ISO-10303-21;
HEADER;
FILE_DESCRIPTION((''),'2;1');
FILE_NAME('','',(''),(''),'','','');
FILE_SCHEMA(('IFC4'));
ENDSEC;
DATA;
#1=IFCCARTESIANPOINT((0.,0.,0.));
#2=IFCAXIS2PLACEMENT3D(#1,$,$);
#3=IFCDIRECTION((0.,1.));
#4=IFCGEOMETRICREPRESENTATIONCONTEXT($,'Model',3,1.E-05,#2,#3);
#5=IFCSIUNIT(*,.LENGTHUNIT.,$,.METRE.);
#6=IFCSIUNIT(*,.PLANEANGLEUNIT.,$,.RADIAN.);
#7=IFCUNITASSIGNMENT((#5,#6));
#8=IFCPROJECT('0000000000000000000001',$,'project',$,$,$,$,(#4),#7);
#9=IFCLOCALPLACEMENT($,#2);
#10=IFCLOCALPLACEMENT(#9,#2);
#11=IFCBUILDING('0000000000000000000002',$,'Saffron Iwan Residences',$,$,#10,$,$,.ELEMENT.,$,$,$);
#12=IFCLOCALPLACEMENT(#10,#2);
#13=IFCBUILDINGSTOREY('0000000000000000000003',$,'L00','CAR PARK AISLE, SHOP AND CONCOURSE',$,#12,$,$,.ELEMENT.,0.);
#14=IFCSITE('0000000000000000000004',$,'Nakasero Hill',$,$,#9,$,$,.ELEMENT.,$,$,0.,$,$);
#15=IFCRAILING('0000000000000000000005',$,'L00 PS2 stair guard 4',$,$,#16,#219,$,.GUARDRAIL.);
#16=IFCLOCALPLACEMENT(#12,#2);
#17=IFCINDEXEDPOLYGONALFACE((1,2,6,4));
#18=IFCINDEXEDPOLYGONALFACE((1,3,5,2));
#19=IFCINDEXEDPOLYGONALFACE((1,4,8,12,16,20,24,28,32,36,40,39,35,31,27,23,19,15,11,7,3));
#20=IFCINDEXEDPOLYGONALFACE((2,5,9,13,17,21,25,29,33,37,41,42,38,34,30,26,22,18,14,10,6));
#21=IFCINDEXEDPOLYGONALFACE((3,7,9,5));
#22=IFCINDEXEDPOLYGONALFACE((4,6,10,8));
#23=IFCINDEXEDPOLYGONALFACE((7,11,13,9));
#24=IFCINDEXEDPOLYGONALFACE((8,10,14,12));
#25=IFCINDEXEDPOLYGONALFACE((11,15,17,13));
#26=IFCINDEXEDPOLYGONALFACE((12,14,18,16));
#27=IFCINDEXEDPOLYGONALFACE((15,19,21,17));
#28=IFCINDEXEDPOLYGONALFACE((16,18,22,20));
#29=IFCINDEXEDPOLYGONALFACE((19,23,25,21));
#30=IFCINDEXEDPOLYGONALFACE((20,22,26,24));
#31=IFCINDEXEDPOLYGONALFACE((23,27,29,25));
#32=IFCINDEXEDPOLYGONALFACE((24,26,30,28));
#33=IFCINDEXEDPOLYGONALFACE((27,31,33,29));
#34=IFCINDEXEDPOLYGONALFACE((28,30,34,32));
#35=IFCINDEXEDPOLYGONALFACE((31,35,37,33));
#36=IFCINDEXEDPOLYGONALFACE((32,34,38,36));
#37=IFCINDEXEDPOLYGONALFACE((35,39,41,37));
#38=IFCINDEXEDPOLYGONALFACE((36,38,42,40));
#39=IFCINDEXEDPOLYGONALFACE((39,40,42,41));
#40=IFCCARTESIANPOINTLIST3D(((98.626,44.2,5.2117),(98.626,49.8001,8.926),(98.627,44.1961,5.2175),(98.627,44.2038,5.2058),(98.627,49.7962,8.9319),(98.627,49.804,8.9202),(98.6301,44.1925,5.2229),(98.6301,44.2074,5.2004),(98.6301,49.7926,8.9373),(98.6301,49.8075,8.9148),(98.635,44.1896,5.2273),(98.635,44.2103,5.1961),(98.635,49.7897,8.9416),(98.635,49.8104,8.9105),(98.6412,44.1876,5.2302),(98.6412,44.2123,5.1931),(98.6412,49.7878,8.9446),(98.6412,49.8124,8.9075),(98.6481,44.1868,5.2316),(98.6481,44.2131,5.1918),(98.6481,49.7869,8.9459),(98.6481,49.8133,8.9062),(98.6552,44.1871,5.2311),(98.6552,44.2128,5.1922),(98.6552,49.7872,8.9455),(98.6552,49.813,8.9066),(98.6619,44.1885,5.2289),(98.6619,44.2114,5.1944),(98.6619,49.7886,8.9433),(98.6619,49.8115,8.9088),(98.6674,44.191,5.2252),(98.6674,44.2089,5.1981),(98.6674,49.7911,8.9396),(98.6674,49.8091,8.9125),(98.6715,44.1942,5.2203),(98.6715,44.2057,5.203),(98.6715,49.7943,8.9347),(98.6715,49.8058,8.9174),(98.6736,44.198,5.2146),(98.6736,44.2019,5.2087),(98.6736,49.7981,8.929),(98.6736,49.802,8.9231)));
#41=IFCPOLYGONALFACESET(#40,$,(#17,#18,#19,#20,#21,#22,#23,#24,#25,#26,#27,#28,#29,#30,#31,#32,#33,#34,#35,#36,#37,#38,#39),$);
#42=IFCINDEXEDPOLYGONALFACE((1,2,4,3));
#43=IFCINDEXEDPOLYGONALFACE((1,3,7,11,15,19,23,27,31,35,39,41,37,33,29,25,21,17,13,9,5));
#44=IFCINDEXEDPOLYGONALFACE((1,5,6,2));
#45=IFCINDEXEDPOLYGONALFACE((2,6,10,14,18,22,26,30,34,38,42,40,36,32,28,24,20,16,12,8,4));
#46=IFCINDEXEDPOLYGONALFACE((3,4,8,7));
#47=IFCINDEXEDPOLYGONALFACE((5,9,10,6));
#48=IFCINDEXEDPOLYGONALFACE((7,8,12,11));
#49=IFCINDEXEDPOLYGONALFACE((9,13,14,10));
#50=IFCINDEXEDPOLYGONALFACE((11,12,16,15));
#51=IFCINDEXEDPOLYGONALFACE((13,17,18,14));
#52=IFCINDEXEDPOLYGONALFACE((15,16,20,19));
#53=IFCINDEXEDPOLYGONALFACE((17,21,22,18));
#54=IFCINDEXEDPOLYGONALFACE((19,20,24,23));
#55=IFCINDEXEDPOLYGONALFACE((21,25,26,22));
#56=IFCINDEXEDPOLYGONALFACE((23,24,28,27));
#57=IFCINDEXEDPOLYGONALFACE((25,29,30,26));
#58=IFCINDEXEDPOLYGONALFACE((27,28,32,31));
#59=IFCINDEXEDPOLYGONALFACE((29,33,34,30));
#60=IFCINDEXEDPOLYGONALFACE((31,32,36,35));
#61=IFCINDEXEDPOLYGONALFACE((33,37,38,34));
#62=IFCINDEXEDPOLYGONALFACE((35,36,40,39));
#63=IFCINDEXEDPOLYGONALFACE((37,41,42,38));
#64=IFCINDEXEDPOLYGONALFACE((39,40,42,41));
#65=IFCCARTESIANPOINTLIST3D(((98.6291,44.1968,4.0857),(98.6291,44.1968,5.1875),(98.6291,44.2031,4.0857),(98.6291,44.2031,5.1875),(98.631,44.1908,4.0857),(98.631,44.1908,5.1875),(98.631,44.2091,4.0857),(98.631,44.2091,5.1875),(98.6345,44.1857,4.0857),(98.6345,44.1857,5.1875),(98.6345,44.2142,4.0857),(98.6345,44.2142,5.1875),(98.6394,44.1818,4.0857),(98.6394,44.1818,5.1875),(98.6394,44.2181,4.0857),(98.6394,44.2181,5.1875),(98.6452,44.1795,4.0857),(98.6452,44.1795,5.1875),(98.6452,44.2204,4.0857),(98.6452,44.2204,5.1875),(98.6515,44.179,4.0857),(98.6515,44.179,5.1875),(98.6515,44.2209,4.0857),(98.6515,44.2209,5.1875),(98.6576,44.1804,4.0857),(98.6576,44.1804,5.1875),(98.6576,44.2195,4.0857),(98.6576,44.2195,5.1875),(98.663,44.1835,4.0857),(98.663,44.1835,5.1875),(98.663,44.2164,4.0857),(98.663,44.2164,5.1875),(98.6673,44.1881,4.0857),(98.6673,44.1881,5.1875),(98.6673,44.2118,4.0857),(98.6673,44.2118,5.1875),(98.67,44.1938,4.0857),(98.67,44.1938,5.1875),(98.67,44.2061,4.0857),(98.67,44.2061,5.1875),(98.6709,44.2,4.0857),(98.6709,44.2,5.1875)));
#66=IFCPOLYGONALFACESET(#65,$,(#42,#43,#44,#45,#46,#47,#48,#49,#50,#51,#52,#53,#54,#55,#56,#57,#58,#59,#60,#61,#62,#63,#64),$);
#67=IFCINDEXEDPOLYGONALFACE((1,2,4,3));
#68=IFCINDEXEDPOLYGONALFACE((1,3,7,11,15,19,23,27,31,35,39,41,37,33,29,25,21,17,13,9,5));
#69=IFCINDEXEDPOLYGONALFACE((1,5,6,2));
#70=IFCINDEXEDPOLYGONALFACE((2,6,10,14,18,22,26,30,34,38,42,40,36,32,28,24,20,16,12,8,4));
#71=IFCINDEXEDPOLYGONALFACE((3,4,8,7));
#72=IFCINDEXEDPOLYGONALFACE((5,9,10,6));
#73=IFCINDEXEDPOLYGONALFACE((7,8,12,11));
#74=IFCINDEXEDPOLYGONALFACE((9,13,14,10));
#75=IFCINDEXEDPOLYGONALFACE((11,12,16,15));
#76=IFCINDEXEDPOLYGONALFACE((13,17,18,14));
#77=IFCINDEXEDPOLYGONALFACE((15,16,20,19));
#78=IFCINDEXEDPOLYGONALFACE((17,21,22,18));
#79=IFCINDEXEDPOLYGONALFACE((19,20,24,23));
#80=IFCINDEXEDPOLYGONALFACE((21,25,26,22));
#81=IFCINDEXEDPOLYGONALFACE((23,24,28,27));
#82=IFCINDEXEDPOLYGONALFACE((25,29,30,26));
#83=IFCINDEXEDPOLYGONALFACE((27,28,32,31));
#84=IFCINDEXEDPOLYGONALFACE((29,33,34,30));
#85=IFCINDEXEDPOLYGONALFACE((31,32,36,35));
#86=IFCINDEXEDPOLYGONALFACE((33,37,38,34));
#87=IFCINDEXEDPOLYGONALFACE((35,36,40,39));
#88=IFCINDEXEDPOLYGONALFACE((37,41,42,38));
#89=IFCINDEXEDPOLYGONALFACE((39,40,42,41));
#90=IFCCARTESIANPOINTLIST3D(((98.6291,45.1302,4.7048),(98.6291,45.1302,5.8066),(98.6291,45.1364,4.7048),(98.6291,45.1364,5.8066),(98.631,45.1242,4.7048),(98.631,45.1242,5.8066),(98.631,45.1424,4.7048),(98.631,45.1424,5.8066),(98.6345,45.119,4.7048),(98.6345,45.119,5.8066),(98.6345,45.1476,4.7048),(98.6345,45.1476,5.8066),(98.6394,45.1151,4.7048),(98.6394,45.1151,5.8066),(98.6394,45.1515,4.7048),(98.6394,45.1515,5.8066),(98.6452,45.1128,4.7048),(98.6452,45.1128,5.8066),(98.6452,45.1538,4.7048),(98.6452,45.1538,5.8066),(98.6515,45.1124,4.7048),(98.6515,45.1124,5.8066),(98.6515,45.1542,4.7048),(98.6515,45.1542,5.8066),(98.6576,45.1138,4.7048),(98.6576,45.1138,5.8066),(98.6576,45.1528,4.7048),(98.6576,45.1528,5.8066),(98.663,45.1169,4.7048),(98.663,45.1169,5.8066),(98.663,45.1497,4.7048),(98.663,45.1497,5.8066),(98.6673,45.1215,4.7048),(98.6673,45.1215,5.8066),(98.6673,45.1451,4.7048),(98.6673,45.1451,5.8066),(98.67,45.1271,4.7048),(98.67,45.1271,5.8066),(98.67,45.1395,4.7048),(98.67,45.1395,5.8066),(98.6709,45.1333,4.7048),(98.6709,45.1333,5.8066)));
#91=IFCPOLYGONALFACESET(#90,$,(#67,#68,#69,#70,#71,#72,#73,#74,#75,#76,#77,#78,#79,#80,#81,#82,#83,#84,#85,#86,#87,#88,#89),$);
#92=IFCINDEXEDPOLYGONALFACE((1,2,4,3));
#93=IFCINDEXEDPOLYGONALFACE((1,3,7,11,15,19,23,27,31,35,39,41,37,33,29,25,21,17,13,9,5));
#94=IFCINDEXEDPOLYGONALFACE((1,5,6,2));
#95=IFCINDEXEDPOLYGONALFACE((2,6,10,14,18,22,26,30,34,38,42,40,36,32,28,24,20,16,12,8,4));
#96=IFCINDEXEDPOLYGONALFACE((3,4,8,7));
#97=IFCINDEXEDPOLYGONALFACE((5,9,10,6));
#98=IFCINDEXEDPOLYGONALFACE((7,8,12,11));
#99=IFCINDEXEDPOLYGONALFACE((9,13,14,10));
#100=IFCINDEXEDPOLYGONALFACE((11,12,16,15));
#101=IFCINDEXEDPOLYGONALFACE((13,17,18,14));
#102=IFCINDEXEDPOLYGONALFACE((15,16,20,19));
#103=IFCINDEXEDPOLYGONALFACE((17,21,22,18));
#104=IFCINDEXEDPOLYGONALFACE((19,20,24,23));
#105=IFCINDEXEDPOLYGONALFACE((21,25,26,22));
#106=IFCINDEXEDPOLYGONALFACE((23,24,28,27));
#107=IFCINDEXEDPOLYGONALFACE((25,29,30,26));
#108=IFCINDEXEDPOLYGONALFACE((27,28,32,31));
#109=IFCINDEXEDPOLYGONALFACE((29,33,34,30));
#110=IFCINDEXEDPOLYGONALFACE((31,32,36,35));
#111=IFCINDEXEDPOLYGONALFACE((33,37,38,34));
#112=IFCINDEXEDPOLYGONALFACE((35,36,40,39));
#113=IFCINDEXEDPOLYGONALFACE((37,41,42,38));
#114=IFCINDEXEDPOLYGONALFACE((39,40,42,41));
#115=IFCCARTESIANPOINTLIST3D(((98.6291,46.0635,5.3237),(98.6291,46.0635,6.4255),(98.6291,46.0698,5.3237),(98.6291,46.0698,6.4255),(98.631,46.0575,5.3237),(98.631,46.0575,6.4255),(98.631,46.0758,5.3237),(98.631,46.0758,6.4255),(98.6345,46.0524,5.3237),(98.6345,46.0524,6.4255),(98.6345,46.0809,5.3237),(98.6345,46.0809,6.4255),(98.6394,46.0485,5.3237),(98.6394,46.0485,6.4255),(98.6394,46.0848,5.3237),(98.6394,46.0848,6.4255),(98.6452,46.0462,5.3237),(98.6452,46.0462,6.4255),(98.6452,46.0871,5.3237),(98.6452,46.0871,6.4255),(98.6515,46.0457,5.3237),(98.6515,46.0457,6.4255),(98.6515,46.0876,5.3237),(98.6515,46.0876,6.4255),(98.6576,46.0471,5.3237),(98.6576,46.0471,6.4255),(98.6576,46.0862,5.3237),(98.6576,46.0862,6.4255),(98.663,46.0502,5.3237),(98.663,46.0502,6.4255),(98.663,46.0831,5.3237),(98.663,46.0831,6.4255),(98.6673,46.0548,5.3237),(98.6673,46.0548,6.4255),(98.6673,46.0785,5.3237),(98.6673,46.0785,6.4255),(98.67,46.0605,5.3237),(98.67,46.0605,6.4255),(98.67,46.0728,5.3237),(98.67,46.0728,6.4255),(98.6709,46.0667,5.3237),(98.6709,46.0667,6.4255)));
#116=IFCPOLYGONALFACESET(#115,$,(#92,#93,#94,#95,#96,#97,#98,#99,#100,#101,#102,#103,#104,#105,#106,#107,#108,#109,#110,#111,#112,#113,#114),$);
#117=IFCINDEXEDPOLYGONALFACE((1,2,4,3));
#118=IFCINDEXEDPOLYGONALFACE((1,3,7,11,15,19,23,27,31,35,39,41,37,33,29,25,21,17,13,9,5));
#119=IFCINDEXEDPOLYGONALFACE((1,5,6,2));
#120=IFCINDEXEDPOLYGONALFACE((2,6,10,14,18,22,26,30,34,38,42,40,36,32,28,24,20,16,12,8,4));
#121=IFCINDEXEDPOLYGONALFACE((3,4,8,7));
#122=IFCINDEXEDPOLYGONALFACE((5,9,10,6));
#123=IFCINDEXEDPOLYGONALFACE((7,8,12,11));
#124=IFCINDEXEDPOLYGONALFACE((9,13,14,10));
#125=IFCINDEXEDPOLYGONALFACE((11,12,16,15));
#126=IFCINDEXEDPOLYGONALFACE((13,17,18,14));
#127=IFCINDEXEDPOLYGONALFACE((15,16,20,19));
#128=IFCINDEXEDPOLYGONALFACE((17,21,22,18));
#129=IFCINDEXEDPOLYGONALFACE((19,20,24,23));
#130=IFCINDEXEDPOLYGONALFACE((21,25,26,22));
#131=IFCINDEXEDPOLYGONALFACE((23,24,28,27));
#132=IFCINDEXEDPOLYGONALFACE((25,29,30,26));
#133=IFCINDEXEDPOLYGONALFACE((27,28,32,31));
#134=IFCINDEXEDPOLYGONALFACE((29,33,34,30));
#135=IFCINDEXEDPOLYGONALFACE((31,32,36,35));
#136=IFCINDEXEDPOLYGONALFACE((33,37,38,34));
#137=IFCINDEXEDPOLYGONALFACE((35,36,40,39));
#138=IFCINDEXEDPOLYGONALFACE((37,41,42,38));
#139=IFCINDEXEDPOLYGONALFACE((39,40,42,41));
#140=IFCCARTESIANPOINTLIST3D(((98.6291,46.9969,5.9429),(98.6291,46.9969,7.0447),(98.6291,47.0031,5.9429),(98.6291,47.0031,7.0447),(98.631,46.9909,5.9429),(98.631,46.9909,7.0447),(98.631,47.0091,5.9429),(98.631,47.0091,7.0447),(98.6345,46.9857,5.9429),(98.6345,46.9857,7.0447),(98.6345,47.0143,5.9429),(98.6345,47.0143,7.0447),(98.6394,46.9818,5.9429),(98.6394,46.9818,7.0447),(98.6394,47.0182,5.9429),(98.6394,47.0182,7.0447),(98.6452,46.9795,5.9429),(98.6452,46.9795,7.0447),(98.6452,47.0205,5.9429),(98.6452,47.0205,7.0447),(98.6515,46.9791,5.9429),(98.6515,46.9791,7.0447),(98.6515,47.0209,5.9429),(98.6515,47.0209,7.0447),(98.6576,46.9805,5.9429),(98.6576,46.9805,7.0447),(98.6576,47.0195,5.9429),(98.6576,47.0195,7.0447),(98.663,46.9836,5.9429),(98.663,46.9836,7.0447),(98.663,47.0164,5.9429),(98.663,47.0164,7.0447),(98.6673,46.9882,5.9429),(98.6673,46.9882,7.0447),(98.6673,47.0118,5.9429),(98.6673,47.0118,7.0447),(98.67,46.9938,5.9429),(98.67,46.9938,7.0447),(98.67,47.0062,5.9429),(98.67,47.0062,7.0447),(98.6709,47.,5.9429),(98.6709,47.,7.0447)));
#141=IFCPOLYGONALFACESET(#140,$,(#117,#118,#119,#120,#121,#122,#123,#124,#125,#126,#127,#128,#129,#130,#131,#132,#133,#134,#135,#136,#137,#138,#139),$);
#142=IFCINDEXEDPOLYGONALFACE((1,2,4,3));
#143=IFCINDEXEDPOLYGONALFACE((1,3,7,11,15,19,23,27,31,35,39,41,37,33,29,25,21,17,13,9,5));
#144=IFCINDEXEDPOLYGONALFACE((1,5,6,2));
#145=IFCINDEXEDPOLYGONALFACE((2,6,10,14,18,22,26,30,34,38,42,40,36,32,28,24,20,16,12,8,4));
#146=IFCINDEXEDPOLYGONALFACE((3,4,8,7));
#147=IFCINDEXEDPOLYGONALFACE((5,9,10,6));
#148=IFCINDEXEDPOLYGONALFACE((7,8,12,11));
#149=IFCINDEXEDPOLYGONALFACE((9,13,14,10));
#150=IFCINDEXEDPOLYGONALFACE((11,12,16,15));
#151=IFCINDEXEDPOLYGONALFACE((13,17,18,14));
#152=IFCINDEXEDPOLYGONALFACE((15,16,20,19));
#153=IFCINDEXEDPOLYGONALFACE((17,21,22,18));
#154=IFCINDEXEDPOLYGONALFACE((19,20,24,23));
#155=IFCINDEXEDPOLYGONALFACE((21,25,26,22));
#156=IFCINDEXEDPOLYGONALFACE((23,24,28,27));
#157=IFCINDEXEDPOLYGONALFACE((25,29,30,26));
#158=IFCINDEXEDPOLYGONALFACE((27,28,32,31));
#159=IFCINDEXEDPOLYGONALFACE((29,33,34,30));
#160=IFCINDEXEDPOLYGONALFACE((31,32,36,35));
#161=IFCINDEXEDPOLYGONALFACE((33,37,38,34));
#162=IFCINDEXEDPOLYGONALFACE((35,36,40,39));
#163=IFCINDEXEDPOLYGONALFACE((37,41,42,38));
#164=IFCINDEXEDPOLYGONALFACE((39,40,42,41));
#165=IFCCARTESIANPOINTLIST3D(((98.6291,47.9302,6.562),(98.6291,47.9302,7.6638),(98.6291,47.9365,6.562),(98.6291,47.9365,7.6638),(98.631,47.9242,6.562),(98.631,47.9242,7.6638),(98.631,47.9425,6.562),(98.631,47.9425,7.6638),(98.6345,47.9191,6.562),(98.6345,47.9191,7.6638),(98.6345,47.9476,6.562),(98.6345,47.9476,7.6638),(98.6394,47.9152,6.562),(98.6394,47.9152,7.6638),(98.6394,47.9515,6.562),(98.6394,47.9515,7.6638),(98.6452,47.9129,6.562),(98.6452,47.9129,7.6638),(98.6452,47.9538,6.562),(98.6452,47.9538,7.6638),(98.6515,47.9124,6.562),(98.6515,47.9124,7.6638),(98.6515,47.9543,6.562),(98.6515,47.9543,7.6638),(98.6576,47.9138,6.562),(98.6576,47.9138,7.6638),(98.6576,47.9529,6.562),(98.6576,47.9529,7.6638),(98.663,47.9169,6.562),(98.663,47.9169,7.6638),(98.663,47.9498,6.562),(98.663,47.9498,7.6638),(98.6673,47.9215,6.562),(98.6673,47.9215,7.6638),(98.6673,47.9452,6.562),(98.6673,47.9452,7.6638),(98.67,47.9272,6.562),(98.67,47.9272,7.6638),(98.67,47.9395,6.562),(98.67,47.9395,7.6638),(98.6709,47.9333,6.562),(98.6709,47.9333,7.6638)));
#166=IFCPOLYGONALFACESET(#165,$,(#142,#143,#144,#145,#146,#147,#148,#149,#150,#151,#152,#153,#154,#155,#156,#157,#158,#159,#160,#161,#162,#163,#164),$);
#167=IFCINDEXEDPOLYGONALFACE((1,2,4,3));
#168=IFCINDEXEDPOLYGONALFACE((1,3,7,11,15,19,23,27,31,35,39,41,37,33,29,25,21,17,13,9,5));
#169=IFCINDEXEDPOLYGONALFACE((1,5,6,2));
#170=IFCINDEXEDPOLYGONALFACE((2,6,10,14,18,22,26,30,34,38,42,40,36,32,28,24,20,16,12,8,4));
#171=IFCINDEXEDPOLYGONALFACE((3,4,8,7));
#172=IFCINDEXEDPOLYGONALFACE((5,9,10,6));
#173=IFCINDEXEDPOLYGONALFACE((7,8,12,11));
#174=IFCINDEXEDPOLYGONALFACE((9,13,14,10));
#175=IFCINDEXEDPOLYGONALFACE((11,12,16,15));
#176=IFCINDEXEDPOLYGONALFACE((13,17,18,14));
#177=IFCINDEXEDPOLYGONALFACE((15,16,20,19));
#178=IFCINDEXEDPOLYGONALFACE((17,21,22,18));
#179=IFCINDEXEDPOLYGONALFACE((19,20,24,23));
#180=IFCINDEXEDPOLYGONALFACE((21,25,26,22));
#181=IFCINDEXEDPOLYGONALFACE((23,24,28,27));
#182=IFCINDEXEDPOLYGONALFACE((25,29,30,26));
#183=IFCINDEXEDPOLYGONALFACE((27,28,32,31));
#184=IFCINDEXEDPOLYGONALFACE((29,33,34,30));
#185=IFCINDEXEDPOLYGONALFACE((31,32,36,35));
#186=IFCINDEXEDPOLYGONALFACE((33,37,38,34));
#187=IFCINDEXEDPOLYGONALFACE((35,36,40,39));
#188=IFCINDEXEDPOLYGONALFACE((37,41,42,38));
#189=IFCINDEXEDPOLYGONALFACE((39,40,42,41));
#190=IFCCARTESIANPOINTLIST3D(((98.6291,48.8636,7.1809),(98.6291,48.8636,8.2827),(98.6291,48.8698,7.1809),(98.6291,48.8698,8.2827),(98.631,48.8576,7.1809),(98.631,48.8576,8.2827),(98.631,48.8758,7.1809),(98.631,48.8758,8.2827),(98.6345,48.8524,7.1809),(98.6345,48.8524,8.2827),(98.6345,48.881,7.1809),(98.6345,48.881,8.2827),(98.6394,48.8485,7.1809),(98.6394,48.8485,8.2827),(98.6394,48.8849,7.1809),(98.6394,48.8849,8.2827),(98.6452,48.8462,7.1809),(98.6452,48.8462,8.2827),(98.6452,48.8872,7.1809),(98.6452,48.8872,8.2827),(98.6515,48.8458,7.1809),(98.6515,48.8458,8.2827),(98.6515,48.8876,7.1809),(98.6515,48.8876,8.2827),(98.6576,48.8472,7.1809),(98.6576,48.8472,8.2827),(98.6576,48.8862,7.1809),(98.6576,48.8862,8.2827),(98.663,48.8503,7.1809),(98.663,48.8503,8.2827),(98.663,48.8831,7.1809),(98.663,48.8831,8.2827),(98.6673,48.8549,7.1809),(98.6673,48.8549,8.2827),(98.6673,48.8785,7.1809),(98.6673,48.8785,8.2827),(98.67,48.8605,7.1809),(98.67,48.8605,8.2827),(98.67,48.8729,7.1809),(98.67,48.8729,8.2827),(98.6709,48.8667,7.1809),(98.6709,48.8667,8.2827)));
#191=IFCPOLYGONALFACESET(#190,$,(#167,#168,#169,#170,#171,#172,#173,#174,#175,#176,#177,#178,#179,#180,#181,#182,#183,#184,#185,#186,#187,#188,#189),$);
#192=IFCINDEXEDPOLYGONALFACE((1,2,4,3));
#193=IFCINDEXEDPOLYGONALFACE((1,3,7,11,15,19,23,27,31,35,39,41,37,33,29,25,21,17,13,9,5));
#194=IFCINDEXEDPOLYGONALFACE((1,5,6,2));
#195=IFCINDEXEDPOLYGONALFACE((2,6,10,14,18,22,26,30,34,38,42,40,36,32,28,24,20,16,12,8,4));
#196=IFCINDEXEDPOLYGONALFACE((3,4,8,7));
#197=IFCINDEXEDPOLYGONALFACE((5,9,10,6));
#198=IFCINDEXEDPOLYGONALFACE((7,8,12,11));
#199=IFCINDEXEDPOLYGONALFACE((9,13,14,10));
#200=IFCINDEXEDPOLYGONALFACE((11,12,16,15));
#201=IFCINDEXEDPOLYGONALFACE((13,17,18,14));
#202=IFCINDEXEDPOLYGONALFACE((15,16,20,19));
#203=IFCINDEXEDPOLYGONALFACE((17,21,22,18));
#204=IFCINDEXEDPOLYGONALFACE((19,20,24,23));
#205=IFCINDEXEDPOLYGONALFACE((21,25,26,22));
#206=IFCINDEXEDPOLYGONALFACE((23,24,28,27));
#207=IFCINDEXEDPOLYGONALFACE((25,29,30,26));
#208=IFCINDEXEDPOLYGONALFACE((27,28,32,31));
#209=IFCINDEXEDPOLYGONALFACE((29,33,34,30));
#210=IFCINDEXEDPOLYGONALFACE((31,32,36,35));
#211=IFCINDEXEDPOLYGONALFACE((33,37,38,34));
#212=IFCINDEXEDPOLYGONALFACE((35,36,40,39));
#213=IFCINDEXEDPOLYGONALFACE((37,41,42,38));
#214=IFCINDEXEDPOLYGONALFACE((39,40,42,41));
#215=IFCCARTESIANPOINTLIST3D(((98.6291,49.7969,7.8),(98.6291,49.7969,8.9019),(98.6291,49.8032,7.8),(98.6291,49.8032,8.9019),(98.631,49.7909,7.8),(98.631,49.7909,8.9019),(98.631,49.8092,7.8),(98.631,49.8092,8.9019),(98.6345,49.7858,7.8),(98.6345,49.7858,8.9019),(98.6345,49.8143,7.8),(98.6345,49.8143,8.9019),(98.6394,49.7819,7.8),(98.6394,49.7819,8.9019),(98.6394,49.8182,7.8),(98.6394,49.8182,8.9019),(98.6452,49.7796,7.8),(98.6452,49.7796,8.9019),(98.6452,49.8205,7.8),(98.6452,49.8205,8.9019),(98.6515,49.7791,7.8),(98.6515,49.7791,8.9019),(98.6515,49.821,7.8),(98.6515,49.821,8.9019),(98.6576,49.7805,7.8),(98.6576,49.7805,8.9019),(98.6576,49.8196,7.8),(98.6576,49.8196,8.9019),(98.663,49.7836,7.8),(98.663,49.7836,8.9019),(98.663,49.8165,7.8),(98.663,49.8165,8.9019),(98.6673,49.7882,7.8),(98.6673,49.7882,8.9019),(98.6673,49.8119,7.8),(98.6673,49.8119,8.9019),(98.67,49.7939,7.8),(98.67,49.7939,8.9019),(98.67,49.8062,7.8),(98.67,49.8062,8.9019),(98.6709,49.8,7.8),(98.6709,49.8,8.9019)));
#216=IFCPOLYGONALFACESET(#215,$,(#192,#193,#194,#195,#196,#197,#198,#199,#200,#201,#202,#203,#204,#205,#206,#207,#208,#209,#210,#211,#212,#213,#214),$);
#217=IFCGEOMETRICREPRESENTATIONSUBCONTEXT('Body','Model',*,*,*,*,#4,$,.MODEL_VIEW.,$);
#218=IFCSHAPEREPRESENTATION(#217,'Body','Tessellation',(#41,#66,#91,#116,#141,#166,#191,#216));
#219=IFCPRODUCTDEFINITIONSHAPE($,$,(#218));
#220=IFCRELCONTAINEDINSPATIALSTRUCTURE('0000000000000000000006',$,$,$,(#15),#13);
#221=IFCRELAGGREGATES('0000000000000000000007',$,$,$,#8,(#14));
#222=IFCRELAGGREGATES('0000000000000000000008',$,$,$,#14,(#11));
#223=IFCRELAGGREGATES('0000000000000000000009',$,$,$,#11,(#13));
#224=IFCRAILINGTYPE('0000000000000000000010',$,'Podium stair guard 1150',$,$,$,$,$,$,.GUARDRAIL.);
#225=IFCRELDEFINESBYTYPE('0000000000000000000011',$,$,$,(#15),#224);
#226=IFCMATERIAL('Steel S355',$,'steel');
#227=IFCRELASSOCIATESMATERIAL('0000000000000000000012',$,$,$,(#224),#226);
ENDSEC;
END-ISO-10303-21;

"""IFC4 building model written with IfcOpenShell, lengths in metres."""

from ifc_helpers import new_model, si_unit, direction, frame, origin, origin_2d, place, context, subcontext, project, spatial, circle, extrude, material, type_object, element, save


model = new_model("IFC4")

# Units and contexts
model_context = context("Model", 3, precision=1e-05, world=origin(), true_north=direction((0.0, 1.0)))
body_context = subcontext(model_context, "Body", "Model", "MODEL_VIEW")
ifc_project = project(units=[si_unit("LENGTHUNIT", "METRE"), si_unit("PLANEANGLEUNIT", "RADIAN")], contexts=[model_context])

# Site, building, storey
site_placement = place(None, origin())
site = spatial("IfcSite", under=ifc_project, at=site_placement, Name="Nakasero Hill", CompositionType="ELEMENT", RefElevation=0.0)
building_placement = place(site_placement, origin())
building = spatial("IfcBuilding", under=site, at=building_placement, Name="Saffron Iwan Residences", CompositionType="ELEMENT")
storey_placement = place(building_placement, origin())
storey = spatial("IfcBuildingStorey", under=building, at=storey_placement, Name="L00", Description="CAR PARK AISLE, SHOP AND CONCOURSE", CompositionType="ELEMENT", Elevation=0.0)

# Railing
ifc_material_1 = material(Name="Steel S355", Category="steel")
railing_type_1 = type_object("IfcRailingType", Name="Podium stair guard 1150", PredefinedType="GUARDRAIL", material=ifc_material_1)
railing_1_placement = place(storey_placement, frame((98.6499, 44.2, 4.0857)))
element("IfcRailing", 1, at=railing_1_placement, inside=storey, type_object=railing_type_1, Name="L00 PS2 stair guard 4", PredefinedType="GUARDRAIL", context=body_context, shape_type="SweptSolid", body=[
    extrude(circle(Radius=0.0239, at=origin_2d()), frame((0.0, 0.0, 1.126), z_axis=(0.0, 0.833356, 0.552737), x_axis=(-1.0, 0.0, 0.0)), (0.0, 0.0, 1.0), 6.72),
    extrude(circle(Radius=0.021, at=origin_2d()), origin(), (0.0, 0.0, 1.0), 1.1018),
    extrude(circle(Radius=0.021, at=origin_2d()), frame((0.0, 0.9333, 0.6191)), (0.0, 0.0, 1.0), 1.1018),
    extrude(circle(Radius=0.021, at=origin_2d()), frame((0.0, 1.8667, 1.238)), (0.0, 0.0, 1.0), 1.1018),
    extrude(circle(Radius=0.021, at=origin_2d()), frame((0.0, 2.8, 1.8572)), (0.0, 0.0, 1.0), 1.1018),
    extrude(circle(Radius=0.021, at=origin_2d()), frame((0.0, 3.7334, 2.4763)), (0.0, 0.0, 1.0), 1.1018),
    extrude(circle(Radius=0.021, at=origin_2d()), frame((0.0, 4.6667, 3.0952)), (0.0, 0.0, 1.0), 1.1018),
    extrude(circle(Radius=0.021, at=origin_2d()), frame((0.0, 5.6001, 3.7144)), (0.0, 0.0, 1.0), 1.1018),
])

save(model, "model.ifc")
